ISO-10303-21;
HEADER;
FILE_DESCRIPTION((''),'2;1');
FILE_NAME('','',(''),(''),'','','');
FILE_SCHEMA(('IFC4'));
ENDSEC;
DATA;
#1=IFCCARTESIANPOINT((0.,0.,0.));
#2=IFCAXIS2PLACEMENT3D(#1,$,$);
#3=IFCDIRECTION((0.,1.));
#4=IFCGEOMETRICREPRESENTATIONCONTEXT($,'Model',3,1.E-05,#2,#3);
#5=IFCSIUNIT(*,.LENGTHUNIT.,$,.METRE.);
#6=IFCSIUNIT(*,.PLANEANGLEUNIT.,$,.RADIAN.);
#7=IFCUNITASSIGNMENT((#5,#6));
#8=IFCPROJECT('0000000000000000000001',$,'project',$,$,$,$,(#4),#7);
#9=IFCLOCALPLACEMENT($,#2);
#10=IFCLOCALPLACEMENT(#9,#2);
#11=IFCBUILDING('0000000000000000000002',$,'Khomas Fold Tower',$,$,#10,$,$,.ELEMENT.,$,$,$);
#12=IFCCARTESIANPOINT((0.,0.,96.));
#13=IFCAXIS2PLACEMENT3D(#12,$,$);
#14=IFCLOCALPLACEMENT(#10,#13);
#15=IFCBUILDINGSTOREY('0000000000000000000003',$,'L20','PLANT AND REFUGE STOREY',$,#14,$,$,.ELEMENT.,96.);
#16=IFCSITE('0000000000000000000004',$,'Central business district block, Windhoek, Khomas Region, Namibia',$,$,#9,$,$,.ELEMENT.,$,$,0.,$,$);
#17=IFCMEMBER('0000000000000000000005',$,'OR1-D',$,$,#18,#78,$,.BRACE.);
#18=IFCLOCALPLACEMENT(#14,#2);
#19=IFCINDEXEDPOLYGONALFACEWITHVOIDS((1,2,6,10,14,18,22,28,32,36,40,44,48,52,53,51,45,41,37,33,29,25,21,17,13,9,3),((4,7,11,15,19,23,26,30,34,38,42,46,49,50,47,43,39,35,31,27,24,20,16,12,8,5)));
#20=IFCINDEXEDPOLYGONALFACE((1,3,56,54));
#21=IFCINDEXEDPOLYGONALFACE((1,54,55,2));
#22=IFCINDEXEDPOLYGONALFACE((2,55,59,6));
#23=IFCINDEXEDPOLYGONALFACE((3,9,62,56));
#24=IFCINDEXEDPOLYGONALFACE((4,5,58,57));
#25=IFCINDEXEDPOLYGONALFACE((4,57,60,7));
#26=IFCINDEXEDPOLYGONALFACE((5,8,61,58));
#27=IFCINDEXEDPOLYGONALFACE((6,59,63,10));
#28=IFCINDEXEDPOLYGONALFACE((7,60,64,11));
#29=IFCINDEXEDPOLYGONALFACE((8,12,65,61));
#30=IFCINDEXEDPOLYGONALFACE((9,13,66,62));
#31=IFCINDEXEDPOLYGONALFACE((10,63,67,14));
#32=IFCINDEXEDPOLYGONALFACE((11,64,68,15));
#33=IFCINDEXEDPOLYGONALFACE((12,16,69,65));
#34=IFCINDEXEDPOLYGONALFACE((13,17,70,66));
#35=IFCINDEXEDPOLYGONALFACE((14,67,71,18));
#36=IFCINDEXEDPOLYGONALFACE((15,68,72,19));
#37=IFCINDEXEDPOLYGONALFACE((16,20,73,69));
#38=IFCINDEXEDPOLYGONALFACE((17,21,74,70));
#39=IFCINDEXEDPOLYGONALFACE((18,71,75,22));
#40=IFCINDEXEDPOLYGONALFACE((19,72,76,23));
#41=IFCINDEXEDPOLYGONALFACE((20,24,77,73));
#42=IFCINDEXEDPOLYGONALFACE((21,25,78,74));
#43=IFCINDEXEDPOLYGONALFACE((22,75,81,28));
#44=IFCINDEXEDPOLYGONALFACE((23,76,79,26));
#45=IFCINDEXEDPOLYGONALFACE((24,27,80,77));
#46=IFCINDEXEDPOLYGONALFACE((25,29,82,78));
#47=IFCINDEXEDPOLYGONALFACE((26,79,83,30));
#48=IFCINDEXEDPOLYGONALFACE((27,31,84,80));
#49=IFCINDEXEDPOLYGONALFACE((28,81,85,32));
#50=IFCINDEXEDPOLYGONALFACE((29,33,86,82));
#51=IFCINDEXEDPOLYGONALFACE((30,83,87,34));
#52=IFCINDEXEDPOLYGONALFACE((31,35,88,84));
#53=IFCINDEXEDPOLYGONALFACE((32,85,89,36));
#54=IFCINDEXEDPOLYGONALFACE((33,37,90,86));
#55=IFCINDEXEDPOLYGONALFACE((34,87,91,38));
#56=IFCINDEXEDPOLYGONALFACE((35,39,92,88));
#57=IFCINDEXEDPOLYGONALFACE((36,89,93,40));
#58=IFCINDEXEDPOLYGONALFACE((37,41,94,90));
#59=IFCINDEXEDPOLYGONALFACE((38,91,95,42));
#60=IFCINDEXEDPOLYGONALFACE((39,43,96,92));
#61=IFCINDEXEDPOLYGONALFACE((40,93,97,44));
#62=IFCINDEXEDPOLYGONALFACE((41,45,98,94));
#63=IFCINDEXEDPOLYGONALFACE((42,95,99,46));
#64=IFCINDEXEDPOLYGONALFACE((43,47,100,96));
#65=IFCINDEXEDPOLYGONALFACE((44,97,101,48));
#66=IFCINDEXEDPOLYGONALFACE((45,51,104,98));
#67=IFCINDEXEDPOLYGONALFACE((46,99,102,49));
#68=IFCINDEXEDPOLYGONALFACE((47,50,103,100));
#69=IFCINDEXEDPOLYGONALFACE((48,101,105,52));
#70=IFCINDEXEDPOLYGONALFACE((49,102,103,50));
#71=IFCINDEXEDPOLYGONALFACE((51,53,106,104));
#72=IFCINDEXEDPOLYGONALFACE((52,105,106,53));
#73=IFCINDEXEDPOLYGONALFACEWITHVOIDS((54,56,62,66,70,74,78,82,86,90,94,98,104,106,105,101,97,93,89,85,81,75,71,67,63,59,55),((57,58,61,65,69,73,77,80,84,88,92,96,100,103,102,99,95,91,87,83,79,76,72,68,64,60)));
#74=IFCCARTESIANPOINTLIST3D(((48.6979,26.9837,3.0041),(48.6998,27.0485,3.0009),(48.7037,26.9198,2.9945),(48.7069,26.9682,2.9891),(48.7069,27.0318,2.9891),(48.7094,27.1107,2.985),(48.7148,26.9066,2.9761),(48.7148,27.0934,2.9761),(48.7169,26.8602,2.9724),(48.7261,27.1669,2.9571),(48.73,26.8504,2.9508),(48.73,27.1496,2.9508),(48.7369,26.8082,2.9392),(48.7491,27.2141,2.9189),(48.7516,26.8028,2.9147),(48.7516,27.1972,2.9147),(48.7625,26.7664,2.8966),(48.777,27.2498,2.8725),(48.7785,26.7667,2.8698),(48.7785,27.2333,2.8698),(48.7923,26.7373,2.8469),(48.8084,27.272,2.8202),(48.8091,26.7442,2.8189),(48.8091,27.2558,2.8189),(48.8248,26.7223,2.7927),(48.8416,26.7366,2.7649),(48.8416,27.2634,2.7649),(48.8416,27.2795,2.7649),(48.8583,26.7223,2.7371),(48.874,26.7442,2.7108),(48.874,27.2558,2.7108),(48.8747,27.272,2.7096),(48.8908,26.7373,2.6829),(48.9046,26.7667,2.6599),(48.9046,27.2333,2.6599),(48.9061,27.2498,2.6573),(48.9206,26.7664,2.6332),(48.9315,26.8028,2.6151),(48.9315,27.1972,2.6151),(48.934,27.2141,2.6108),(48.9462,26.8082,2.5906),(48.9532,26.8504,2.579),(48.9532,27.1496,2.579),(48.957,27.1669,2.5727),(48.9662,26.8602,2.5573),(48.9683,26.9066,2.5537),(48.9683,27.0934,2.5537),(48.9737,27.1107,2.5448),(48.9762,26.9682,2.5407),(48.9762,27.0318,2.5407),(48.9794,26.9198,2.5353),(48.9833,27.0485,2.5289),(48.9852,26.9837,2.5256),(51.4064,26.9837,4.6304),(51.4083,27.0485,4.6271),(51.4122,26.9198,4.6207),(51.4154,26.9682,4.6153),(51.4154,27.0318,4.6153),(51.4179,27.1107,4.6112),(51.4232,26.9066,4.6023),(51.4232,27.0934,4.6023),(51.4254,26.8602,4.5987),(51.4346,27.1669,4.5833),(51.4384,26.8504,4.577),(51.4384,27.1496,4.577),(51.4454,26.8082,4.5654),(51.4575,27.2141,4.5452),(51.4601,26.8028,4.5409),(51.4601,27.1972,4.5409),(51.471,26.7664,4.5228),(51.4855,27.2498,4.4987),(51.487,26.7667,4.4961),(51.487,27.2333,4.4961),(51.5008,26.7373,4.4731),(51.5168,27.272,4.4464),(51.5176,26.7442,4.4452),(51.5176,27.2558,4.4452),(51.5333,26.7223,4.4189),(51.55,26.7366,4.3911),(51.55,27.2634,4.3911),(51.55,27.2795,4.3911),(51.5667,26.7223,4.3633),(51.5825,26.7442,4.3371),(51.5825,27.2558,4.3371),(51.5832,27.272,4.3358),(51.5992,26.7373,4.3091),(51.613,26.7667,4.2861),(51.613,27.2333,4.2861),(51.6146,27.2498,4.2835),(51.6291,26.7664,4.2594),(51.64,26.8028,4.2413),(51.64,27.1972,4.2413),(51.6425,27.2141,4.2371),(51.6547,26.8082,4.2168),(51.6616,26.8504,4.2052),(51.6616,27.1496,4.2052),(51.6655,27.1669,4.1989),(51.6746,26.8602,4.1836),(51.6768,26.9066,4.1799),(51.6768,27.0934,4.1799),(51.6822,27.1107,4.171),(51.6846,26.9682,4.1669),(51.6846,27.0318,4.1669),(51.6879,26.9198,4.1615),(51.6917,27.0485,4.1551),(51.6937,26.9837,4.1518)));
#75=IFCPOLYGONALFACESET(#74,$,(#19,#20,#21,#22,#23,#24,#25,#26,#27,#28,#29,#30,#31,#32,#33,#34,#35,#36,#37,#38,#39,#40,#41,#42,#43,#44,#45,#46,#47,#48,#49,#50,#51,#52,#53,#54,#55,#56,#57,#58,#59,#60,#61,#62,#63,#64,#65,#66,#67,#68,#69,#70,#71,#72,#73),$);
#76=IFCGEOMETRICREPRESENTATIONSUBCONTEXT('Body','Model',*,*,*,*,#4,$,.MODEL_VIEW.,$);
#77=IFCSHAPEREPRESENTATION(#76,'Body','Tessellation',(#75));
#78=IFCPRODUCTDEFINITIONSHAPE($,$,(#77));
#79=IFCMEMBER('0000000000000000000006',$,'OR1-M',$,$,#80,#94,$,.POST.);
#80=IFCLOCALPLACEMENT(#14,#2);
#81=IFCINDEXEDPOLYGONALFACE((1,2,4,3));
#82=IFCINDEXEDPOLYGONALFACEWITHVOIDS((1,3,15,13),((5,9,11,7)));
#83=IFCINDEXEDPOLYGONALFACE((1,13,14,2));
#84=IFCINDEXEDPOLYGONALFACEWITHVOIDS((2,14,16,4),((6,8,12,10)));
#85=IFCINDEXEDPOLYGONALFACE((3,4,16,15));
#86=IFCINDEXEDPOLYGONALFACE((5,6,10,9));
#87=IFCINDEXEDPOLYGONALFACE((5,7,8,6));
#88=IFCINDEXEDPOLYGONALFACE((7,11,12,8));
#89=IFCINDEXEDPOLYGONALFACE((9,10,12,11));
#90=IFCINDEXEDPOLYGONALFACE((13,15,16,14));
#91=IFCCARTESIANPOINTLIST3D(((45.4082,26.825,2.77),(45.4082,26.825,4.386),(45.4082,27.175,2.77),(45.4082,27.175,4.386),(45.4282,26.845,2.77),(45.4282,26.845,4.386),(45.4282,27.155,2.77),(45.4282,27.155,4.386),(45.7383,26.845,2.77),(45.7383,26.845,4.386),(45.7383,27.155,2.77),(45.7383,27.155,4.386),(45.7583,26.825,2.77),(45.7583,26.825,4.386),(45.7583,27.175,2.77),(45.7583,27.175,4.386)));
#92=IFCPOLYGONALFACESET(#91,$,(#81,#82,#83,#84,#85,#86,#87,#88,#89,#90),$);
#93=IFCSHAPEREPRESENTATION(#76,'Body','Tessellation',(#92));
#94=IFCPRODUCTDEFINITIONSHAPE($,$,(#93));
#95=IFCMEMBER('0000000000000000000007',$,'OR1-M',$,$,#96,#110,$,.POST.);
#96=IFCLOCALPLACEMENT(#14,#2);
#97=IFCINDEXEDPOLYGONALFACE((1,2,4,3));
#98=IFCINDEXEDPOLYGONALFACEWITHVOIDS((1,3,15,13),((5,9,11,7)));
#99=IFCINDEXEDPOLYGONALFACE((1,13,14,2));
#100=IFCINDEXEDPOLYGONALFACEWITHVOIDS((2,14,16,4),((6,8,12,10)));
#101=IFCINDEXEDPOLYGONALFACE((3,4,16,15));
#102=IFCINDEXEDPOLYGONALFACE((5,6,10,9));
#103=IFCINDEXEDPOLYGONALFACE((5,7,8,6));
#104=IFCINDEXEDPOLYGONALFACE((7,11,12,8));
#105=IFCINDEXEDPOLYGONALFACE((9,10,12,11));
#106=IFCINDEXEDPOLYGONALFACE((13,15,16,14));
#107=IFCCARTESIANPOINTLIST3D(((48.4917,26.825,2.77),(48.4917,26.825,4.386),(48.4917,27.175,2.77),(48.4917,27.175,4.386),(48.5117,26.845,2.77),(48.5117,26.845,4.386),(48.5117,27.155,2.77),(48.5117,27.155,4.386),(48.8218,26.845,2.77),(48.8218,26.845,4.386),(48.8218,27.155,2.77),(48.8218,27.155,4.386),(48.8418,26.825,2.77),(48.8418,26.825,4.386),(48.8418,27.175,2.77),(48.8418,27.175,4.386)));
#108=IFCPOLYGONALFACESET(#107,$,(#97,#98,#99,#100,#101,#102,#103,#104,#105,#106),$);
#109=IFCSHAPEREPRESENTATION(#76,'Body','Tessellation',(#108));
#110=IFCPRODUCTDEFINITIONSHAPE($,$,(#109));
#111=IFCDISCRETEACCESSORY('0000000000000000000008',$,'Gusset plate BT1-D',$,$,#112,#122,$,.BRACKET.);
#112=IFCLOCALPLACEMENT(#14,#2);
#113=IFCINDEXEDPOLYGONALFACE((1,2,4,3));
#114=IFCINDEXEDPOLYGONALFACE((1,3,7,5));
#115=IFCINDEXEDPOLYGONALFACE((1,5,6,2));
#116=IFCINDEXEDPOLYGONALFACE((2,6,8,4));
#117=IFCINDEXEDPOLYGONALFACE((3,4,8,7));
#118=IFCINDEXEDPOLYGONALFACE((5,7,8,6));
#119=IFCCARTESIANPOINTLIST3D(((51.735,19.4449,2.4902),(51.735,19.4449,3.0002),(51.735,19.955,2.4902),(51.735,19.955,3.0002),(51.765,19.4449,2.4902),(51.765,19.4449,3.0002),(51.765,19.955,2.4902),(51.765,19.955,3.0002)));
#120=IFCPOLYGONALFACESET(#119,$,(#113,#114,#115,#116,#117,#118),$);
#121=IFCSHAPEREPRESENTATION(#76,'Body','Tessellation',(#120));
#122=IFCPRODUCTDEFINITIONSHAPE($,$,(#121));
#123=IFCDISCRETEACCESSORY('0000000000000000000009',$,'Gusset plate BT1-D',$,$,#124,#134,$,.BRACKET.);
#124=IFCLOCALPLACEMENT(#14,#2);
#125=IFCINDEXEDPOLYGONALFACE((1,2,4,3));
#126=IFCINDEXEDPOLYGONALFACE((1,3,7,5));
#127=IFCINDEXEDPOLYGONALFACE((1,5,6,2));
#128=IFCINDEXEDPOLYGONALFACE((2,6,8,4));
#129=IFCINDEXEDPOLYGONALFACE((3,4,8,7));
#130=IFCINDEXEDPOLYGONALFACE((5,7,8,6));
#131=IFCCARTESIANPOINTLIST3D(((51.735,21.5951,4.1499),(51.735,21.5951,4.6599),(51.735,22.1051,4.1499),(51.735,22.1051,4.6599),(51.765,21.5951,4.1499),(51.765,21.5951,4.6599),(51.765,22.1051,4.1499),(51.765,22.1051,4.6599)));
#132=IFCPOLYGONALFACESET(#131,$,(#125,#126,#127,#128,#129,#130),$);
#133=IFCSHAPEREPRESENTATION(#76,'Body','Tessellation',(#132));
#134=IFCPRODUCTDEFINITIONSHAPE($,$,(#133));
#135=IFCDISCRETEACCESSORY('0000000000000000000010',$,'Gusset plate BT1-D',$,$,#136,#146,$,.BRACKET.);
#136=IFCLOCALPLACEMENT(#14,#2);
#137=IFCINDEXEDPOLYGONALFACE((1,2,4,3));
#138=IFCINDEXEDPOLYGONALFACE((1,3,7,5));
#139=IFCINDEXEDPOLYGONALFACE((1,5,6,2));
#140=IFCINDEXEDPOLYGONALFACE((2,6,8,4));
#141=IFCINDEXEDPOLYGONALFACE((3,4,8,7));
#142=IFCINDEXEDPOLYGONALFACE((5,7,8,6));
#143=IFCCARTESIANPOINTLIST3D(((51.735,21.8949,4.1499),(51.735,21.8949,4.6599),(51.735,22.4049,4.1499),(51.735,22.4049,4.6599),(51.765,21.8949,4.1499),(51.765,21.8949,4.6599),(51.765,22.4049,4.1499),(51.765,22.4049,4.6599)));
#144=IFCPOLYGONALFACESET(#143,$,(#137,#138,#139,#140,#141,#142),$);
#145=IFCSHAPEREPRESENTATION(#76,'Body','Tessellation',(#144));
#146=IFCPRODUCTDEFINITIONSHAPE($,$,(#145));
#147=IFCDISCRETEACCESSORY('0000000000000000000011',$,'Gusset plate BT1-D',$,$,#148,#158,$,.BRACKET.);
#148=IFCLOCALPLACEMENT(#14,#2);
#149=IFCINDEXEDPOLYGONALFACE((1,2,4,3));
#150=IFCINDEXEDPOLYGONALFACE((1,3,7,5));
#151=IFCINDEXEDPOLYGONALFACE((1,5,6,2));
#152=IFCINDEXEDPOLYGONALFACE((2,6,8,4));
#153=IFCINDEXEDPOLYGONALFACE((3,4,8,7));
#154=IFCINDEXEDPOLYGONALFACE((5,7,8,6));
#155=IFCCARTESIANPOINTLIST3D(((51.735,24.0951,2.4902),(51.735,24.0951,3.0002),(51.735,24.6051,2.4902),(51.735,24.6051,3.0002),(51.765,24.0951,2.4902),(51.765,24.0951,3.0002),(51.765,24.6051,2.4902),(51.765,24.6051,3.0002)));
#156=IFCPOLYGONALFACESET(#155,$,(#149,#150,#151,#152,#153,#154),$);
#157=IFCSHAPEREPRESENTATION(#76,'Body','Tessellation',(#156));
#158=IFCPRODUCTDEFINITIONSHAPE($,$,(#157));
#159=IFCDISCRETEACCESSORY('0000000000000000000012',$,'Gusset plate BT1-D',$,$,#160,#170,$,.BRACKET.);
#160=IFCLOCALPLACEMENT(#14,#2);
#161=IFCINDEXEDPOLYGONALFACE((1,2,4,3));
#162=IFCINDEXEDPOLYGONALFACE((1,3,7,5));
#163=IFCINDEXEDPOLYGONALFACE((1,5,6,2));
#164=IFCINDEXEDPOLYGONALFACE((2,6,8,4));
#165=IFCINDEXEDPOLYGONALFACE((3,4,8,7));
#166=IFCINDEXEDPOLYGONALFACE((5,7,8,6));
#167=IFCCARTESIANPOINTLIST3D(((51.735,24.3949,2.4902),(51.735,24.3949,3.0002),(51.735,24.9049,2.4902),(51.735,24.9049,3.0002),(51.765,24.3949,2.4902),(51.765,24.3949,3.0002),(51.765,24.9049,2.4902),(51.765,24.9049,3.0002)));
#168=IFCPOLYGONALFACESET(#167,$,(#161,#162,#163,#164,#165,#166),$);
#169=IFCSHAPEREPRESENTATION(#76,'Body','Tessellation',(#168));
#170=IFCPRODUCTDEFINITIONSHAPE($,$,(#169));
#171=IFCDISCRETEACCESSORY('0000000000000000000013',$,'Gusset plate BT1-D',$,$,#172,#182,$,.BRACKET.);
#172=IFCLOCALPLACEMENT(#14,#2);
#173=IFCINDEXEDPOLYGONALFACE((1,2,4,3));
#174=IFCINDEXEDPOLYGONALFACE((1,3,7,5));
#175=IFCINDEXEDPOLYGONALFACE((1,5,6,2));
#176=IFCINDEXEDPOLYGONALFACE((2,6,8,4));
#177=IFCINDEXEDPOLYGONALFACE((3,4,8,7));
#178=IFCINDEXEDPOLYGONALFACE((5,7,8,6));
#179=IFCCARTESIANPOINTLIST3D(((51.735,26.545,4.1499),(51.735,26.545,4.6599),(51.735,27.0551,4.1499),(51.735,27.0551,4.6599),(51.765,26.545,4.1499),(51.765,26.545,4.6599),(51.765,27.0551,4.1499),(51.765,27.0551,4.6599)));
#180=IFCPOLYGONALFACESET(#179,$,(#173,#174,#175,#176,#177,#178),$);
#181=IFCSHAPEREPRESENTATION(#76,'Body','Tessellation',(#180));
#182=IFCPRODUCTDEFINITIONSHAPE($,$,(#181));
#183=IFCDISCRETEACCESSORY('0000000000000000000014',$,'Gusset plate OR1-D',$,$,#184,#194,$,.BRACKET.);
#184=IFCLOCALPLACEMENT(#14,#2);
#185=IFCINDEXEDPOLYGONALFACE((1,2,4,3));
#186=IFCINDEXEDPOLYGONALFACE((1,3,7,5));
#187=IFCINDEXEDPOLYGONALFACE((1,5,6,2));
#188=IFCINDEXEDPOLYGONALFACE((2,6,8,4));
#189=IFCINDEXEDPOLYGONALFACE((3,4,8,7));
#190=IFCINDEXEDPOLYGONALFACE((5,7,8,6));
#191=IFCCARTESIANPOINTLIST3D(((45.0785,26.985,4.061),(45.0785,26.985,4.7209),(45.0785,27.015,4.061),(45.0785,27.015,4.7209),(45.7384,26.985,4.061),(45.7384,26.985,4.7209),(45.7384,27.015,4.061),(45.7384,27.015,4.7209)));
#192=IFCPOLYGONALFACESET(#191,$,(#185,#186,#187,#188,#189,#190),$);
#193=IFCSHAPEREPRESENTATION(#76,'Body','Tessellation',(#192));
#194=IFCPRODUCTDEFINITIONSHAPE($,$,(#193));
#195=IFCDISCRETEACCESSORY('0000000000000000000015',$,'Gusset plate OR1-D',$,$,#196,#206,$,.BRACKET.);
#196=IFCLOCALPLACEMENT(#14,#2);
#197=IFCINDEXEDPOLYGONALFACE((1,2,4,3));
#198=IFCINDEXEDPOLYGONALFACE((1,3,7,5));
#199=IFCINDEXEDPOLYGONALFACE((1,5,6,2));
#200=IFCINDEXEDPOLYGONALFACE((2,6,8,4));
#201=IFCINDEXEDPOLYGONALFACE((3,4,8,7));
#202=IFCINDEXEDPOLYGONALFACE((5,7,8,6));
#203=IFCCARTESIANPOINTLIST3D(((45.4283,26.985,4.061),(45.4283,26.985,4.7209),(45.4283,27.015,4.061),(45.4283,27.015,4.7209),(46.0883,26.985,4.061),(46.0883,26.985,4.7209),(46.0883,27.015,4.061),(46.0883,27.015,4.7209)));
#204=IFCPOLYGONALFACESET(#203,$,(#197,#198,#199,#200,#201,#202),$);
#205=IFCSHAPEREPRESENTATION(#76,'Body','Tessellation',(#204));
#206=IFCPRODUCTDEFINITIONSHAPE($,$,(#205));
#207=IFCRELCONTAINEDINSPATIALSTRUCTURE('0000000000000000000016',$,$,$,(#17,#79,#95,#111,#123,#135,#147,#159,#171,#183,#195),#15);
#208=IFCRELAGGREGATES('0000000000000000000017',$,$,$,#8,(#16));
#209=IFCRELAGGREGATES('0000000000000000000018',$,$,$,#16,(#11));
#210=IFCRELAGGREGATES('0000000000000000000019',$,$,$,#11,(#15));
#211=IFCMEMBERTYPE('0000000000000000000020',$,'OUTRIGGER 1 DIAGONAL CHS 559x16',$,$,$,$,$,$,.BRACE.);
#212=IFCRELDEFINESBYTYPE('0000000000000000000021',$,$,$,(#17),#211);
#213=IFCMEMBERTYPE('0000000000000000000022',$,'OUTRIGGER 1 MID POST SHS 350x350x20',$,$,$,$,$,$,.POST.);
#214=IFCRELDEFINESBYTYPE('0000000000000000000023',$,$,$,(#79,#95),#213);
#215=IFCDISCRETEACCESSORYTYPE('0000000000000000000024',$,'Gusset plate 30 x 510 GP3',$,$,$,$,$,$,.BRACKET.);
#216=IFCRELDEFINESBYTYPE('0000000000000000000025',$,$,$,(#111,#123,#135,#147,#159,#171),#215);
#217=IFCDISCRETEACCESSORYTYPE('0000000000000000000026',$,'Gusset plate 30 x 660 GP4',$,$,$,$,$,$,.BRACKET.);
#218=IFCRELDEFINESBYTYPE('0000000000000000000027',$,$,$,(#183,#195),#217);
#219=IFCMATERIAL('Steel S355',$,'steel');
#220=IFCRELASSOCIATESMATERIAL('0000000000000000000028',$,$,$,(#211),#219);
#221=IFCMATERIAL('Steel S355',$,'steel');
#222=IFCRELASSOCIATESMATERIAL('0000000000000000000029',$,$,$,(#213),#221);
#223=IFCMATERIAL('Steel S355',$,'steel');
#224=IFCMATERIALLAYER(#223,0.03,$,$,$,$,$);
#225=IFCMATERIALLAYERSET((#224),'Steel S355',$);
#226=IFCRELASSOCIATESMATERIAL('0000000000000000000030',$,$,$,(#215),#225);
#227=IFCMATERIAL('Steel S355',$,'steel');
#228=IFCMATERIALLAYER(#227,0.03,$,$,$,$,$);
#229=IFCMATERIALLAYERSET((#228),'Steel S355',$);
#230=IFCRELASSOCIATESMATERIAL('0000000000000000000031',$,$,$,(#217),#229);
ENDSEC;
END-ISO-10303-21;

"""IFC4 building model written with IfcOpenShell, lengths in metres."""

from ifc_helpers import new_model, si_unit, direction, frame, origin, origin_2d, place, context, subcontext, project, spatial, rectangle, hollow_rectangle, hollow_circle, extrude, source, transform, mapped, material, layer, layer_set, material_profile, profile_set, type_object, element, save


model = new_model("IFC4")

# Units and contexts
model_context = context("Model", 3, precision=1e-05, world=origin(), true_north=direction((0.0, 1.0)))
body_context = subcontext(model_context, "Body", "Model", "MODEL_VIEW")
ifc_project = project(units=[si_unit("LENGTHUNIT", "METRE"), si_unit("PLANEANGLEUNIT", "RADIAN")], contexts=[model_context])

# Site, building, storey
site_placement = place(None, origin())
site = spatial("IfcSite", under=ifc_project, at=site_placement, Name="Central business district block, Windhoek, Khomas Region, Namibia", CompositionType="ELEMENT", RefElevation=0.0)
building_placement = place(site_placement, origin())
building = spatial("IfcBuilding", under=site, at=building_placement, Name="Khomas Fold Tower", CompositionType="ELEMENT")
storey_placement = place(building_placement, frame((0.0, 0.0, 96.0)))
storey = spatial("IfcBuildingStorey", under=building, at=storey_placement, Name="L20", Description="PLANT AND REFUGE STOREY", CompositionType="ELEMENT", Elevation=96.0)

# Members
ifc_material_1 = material(Name="Steel S355", Category="steel")
ifc_material_profile_1 = material_profile(ifc_material_1, hollow_circle(Radius=0.2795, WallThickness=0.0161, at=origin_2d()), Name="CHS 559x16")
ifc_profile_set_1 = profile_set([ifc_material_profile_1], Name="Steel S355")
member_type_1 = type_object("IfcMemberType", Name="OUTRIGGER 1 DIAGONAL CHS 559x16", PredefinedType="BRACE", material=ifc_profile_set_1)
shared_shape_1 = source(origin(), body_context, "Body", "SweptSolid", [
    extrude(hollow_circle(Radius=0.2795, WallThickness=0.0161, at=origin_2d()), origin(), (0.0, 0.0, 1.0), 3.1592),
])
member_1_placement = place(storey_placement, frame((48.8416, 27.0, 2.7649), z_axis=(0.857336, 0.0, 0.514757), x_axis=(0.0, 1.0, 0.0)))
element("IfcMember", 1, at=member_1_placement, inside=storey, type_object=member_type_1, Name="OR1-D", PredefinedType="BRACE", context=body_context, shape_type="MappedRepresentation", body=[
    mapped(shared_shape_1, transform((0.0, 0.0, 0.0))),
])
ifc_material_2 = material(Name="Steel S355", Category="steel")
ifc_material_profile_2 = material_profile(ifc_material_2, hollow_rectangle(XDim=0.3501, YDim=0.3501, WallThickness=0.02, at=origin_2d()), Name="SHS 350x350x20")
ifc_profile_set_2 = profile_set([ifc_material_profile_2], Name="Steel S355")
member_type_2 = type_object("IfcMemberType", Name="OUTRIGGER 1 MID POST SHS 350x350x20", PredefinedType="POST", material=ifc_profile_set_2)
shared_shape_2 = source(origin(), body_context, "Body", "SweptSolid", [
    extrude(hollow_rectangle(XDim=0.3501, YDim=0.3501, WallThickness=0.02, at=origin_2d()), origin(), (0.0, 0.0, 1.0), 1.616),
])
for number, where, z_axis, x_axis, name in (
    (2, (45.5833, 27.0, 2.77), (0.0, 0.0, 1.0), (1.0, 0.0, 0.0), "OR1-M"),
    (3, (48.6667, 27.0, 2.77), (0.0, 0.0, 1.0), (1.0, 0.0, 0.0), "OR1-M"),
):
    element("IfcMember", number, at=place(storey_placement, frame(where, z_axis=z_axis, x_axis=x_axis)), inside=storey, type_object=member_type_2, Name=name, PredefinedType="POST", context=body_context, shape_type="MappedRepresentation", body=[
        mapped(shared_shape_2, transform((0.0, 0.0, 0.0))),
    ])

# Discrete accessories
ifc_material_3 = material(Name="Steel S355", Category="steel")
ifc_layer_1 = layer(ifc_material_3, 0.03)
ifc_layer_set_1 = layer_set([ifc_layer_1], Name="Steel S355")
discrete_accessory_type_1 = type_object("IfcDiscreteAccessoryType", Name="Gusset plate 30 x 510 GP3", PredefinedType="BRACKET", material=ifc_layer_set_1)
shared_shape_3 = source(origin(), body_context, "Body", "SweptSolid", [
    extrude(rectangle(XDim=0.51, YDim=0.03, at=origin_2d()), origin(), (0.0, 0.0, 1.0), 0.51),
])
for number, where, z_axis, x_axis, name in (
    (4, (51.75, 19.7, 2.4902), (0.0, 0.0, 1.0), (0.0, 1.0, 0.0), "Gusset plate BT1-D"),
    (5, (51.75, 21.8501, 4.1499), (0.0, 0.0, 1.0), (0.0, 1.0, 0.0), "Gusset plate BT1-D"),
    (6, (51.75, 22.1499, 4.1499), (0.0, 0.0, 1.0), (0.0, 1.0, 0.0), "Gusset plate BT1-D"),
    (7, (51.75, 24.3501, 2.4902), (0.0, 0.0, 1.0), (0.0, 1.0, 0.0), "Gusset plate BT1-D"),
    (8, (51.75, 24.6499, 2.4902), (0.0, 0.0, 1.0), (0.0, 1.0, 0.0), "Gusset plate BT1-D"),
    (9, (51.75, 26.8, 4.1499), (0.0, 0.0, 1.0), (0.0, 1.0, 0.0), "Gusset plate BT1-D"),
):
    element("IfcDiscreteAccessory", number, at=place(storey_placement, frame(where, z_axis=z_axis, x_axis=x_axis)), inside=storey, type_object=discrete_accessory_type_1, Name=name, PredefinedType="BRACKET", context=body_context, shape_type="MappedRepresentation", body=[
        mapped(shared_shape_3, transform((0.0, 0.0, 0.0))),
    ])
ifc_material_4 = material(Name="Steel S355", Category="steel")
ifc_layer_2 = layer(ifc_material_4, 0.03)
ifc_layer_set_2 = layer_set([ifc_layer_2], Name="Steel S355")
discrete_accessory_type_2 = type_object("IfcDiscreteAccessoryType", Name="Gusset plate 30 x 660 GP4", PredefinedType="BRACKET", material=ifc_layer_set_2)
shared_shape_4 = source(origin(), body_context, "Body", "SweptSolid", [
    extrude(rectangle(XDim=0.6599, YDim=0.03, at=origin_2d()), origin(), (0.0, 0.0, 1.0), 0.6599),
])
for number, where, z_axis, x_axis, name in (
    (10, (45.4084, 27.0, 4.061), (0.0, 0.0, 1.0), (1.0, 0.0, 0.0), "Gusset plate OR1-D"),
    (11, (45.7583, 27.0, 4.061), (0.0, 0.0, 1.0), (1.0, 0.0, 0.0), "Gusset plate OR1-D"),
):
    element("IfcDiscreteAccessory", number, at=place(storey_placement, frame(where, z_axis=z_axis, x_axis=x_axis)), inside=storey, type_object=discrete_accessory_type_2, Name=name, PredefinedType="BRACKET", context=body_context, shape_type="MappedRepresentation", body=[
        mapped(shared_shape_4, transform((0.0, 0.0, 0.0))),
    ])

save(model, "model.ifc")
